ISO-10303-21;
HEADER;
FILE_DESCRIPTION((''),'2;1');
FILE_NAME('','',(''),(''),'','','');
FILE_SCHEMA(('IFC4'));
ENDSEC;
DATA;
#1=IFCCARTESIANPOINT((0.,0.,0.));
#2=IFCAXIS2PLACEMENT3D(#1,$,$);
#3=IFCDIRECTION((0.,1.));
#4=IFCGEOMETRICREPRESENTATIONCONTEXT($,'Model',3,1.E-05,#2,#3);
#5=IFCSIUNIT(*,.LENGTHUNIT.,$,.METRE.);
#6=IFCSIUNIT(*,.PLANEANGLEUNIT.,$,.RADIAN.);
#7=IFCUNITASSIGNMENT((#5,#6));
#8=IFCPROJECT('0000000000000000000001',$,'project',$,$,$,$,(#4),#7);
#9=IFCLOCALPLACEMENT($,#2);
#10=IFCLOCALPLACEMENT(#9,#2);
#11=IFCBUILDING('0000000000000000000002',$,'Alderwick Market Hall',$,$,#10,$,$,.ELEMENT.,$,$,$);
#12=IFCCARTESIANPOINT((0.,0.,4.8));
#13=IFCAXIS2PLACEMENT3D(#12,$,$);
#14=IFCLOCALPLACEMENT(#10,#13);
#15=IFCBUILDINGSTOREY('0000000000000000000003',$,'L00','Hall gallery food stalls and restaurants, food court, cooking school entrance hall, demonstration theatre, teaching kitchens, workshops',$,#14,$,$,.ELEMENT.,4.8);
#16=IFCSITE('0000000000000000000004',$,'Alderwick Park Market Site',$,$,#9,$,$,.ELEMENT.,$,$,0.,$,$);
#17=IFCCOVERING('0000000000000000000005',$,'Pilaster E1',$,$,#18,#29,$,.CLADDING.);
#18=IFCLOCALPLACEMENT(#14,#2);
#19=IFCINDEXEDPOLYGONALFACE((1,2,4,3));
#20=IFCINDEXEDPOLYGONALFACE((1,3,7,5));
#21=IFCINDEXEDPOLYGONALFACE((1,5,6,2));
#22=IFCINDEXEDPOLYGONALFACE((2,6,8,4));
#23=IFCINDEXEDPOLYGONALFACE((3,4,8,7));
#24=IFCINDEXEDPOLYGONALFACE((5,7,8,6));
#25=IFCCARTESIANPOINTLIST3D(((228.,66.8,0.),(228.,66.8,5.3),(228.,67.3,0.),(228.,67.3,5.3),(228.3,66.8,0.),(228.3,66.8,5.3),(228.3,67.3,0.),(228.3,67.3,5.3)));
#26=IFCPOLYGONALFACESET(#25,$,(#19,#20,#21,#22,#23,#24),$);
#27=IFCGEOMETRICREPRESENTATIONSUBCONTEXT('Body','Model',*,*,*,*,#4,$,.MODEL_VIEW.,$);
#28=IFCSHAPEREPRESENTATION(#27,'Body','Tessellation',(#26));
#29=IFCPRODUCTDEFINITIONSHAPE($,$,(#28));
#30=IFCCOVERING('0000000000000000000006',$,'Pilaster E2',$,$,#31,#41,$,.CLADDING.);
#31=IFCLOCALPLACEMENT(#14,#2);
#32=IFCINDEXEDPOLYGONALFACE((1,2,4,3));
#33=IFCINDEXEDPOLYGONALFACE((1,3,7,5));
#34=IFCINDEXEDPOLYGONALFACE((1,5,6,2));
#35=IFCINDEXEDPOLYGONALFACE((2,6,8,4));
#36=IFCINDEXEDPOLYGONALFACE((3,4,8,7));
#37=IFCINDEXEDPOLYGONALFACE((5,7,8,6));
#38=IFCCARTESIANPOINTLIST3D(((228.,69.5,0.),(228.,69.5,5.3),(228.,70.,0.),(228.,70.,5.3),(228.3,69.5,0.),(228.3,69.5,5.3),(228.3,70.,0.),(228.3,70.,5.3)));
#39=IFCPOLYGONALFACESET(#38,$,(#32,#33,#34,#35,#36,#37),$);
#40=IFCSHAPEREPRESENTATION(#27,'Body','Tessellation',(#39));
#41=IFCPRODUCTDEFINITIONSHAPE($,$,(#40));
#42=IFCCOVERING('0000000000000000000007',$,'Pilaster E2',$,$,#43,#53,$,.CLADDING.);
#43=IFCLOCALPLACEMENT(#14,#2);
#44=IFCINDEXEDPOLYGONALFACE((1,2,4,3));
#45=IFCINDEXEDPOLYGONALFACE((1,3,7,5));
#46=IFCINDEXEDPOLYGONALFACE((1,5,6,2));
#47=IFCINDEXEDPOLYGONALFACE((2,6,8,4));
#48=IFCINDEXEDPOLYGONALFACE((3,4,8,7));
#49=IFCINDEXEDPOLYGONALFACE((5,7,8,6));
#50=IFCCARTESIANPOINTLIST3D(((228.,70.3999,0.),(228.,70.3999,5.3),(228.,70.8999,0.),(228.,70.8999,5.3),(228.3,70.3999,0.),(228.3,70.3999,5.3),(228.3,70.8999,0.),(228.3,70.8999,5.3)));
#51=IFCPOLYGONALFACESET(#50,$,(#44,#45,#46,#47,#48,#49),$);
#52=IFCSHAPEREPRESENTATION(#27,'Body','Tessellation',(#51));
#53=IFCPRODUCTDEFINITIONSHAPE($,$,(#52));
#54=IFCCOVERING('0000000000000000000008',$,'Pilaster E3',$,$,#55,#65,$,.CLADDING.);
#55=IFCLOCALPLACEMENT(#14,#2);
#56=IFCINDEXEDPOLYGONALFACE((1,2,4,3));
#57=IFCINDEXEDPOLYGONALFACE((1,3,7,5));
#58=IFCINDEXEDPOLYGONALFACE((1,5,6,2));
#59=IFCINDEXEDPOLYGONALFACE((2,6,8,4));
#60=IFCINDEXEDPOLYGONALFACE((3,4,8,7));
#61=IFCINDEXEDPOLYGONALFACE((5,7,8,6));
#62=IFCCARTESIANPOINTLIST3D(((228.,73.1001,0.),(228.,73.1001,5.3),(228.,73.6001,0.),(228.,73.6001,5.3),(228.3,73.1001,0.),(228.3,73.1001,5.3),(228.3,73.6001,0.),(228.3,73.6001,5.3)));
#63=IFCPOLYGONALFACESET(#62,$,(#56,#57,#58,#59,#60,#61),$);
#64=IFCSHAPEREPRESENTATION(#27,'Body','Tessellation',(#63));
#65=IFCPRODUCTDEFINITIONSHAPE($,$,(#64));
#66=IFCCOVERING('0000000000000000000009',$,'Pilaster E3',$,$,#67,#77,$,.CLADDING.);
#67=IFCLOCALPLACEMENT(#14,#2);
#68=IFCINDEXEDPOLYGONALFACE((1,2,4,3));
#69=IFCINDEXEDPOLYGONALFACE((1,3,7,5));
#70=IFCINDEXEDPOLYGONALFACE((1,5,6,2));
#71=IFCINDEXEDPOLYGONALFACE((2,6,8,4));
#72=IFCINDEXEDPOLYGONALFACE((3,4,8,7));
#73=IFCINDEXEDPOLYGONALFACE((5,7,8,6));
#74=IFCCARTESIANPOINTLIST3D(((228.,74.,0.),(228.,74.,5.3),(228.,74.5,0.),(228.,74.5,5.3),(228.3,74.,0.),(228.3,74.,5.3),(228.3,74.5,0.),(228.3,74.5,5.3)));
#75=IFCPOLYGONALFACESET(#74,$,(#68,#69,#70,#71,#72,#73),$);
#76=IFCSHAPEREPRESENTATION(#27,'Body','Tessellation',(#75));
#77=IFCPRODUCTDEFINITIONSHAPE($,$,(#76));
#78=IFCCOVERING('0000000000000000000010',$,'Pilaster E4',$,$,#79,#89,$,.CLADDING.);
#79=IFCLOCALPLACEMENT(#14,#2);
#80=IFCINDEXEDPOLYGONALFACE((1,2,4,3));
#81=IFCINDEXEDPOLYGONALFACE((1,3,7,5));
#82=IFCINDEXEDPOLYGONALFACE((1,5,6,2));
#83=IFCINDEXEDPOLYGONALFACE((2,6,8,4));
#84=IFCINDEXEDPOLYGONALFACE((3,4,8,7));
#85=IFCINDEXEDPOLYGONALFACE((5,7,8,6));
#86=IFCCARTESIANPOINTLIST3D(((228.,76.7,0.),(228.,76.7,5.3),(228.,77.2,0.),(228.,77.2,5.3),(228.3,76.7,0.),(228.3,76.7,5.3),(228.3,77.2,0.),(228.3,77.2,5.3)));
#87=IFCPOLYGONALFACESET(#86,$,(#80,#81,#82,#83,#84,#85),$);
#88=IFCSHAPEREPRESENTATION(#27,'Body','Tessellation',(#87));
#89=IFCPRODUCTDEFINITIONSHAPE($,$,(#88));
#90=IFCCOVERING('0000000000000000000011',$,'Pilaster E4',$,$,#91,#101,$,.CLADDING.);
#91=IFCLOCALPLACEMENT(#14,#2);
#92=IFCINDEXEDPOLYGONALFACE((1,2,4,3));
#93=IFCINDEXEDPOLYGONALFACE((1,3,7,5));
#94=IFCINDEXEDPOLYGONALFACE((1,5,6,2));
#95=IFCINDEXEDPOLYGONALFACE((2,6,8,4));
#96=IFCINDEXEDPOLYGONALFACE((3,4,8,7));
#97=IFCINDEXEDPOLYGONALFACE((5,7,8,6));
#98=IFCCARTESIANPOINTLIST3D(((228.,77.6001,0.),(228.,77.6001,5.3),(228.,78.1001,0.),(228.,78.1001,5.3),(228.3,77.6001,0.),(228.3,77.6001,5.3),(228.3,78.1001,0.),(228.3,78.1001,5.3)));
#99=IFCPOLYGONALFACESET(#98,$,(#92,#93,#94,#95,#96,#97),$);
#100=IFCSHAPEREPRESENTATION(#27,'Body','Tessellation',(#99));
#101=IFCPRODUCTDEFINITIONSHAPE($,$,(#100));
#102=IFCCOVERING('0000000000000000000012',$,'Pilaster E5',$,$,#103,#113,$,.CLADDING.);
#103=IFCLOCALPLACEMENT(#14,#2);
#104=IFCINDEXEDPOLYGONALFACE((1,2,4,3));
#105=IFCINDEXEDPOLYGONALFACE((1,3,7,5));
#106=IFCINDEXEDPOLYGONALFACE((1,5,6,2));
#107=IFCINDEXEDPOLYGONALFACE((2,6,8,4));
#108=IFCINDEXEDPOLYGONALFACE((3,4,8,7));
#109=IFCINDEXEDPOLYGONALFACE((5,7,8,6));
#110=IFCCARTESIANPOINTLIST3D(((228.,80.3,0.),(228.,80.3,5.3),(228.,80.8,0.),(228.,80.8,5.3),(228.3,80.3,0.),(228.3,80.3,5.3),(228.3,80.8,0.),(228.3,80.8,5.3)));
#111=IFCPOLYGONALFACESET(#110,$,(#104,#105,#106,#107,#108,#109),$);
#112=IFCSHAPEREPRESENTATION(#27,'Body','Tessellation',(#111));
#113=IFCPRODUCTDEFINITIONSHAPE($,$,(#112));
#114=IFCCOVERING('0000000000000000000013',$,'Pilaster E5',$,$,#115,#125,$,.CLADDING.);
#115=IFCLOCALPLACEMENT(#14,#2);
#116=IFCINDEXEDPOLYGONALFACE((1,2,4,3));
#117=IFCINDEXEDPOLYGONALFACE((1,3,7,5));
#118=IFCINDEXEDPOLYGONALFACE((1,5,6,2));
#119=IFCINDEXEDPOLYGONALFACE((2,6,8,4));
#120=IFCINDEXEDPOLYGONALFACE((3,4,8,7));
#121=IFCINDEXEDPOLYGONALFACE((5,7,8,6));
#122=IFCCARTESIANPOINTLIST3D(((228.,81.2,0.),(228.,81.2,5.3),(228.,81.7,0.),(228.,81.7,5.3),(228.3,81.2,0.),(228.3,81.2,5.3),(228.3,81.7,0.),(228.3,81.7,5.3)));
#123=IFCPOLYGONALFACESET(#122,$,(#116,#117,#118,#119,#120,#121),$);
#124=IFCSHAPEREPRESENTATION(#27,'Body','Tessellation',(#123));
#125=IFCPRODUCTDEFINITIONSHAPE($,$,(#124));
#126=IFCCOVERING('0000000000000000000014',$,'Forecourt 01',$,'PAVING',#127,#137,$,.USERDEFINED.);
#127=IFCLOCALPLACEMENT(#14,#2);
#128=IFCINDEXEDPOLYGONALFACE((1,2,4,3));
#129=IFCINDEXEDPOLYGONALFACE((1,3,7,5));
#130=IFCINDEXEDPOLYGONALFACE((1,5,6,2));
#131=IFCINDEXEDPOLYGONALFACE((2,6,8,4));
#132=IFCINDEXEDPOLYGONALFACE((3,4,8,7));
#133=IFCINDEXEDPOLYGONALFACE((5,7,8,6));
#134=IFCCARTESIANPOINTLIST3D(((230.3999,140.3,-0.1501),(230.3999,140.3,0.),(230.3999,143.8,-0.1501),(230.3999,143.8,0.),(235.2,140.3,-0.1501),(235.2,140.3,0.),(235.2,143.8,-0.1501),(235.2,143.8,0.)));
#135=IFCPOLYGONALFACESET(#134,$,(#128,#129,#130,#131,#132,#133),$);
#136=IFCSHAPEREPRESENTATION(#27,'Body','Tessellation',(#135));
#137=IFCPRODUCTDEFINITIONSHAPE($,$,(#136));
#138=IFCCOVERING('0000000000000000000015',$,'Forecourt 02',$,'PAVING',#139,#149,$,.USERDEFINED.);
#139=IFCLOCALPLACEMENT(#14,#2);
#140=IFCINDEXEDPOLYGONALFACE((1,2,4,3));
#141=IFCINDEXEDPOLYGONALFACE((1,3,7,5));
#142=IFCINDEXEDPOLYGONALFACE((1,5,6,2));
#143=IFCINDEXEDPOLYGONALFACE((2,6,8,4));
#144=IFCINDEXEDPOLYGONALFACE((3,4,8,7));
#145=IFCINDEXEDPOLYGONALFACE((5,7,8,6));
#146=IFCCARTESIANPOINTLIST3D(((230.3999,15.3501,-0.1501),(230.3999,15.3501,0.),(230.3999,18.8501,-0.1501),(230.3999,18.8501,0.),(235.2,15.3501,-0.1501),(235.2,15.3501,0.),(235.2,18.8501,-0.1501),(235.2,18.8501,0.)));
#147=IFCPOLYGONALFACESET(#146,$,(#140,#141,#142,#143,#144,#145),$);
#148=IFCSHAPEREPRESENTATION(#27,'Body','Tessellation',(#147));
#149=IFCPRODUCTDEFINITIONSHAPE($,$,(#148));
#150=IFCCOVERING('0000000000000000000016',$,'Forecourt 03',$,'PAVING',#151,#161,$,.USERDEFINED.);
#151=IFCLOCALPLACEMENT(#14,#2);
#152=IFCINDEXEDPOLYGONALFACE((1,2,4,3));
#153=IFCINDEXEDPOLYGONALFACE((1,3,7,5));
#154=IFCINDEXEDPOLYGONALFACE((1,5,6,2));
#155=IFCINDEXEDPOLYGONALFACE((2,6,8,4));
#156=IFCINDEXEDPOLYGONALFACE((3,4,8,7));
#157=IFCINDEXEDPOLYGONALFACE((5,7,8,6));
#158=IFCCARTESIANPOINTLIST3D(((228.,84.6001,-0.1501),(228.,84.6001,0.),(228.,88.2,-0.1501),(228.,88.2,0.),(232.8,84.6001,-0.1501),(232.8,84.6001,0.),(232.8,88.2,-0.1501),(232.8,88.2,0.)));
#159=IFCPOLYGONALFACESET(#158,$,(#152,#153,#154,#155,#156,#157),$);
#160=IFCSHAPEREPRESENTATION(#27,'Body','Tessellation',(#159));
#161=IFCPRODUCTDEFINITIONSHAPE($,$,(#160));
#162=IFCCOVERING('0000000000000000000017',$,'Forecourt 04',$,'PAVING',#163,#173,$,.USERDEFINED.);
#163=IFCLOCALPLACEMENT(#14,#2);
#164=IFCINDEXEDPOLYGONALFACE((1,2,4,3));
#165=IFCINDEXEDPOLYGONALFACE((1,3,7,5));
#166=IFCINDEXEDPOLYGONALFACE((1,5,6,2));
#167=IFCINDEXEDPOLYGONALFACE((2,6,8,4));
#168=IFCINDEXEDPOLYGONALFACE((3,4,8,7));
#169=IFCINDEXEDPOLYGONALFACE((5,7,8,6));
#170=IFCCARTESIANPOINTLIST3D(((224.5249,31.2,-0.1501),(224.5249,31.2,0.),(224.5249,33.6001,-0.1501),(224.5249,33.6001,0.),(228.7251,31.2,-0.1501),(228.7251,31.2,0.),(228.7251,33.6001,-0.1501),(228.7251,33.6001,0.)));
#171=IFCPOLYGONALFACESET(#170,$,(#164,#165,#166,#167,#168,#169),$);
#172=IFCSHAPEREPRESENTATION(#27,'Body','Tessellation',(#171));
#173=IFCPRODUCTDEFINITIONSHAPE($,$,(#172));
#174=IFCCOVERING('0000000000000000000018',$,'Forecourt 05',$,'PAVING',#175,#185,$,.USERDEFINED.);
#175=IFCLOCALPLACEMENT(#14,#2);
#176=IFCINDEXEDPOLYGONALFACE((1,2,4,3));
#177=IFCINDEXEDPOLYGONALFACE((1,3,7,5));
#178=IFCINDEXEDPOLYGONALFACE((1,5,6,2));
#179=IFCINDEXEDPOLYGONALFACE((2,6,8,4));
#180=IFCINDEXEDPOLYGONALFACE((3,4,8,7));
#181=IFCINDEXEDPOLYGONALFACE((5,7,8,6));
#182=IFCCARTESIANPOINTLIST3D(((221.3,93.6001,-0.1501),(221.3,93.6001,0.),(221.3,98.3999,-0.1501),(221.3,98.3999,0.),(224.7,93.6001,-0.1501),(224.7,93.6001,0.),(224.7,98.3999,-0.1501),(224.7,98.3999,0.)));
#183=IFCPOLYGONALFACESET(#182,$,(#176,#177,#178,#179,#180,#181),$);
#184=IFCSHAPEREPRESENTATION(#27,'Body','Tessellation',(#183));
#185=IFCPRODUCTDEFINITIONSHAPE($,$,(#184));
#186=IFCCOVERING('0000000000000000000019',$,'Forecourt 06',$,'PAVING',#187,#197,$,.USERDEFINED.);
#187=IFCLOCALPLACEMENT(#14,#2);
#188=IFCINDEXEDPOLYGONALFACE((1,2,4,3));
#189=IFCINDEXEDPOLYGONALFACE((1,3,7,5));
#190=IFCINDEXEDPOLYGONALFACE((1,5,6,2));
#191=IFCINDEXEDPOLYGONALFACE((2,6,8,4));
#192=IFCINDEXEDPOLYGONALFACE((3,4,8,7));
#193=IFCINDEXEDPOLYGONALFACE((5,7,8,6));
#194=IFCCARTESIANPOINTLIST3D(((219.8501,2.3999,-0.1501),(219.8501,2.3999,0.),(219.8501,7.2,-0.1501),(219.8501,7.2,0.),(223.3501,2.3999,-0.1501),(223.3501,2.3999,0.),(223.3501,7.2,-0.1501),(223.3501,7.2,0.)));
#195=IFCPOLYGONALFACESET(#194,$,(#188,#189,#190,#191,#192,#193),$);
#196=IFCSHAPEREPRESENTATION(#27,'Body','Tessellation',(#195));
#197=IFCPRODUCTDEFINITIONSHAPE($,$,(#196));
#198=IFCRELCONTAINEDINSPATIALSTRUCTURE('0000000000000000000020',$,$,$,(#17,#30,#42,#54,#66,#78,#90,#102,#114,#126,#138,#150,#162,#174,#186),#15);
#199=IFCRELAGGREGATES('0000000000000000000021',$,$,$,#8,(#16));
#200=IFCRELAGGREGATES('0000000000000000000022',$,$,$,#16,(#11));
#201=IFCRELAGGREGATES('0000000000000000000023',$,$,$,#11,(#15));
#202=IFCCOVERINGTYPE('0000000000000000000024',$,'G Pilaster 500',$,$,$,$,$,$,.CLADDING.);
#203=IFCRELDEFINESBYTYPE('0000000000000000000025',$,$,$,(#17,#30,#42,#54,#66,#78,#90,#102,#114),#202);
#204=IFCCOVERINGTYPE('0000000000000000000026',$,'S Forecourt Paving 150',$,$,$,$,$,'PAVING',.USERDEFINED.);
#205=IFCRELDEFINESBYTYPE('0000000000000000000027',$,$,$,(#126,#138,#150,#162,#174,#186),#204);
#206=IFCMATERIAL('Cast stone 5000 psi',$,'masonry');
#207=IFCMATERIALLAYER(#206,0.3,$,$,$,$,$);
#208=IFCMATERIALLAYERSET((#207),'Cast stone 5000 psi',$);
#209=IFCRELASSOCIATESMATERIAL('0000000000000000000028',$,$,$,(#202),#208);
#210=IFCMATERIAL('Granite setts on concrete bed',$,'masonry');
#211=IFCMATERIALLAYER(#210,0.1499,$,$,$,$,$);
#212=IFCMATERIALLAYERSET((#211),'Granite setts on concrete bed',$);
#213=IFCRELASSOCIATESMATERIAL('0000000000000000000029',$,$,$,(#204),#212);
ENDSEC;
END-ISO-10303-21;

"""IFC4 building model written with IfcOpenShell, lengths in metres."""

from ifc_helpers import new_model, si_unit, direction, frame, origin, place, context, subcontext, project, spatial, polyline, outline, extrude, material, layer, layer_set, type_object, element, save


model = new_model("IFC4")

# Units and contexts
model_context = context("Model", 3, precision=1e-05, world=origin(), true_north=direction((0.0, 1.0)))
body_context = subcontext(model_context, "Body", "Model", "MODEL_VIEW")
ifc_project = project(units=[si_unit("LENGTHUNIT", "METRE"), si_unit("PLANEANGLEUNIT", "RADIAN")], contexts=[model_context])

# Site, building, storey
site_placement = place(None, origin())
site = spatial("IfcSite", under=ifc_project, at=site_placement, Name="Alderwick Park Market Site", CompositionType="ELEMENT", RefElevation=0.0)
building_placement = place(site_placement, origin())
building = spatial("IfcBuilding", under=site, at=building_placement, Name="Alderwick Market Hall", CompositionType="ELEMENT")
storey_placement = place(building_placement, frame((0.0, 0.0, 4.8)))
storey = spatial("IfcBuildingStorey", under=building, at=storey_placement, Name="L00", Description="Hall gallery food stalls and restaurants, food court, cooking school entrance hall, demonstration theatre, teaching kitchens, workshops", CompositionType="ELEMENT", Elevation=4.8)

# Coverings
ifc_material_1 = material(Name="Granite setts on concrete bed", Category="masonry")
ifc_material_2 = material(Name="Cast stone 5000 psi", Category="masonry")
ifc_layer_1 = layer(ifc_material_2, 0.3)
ifc_layer_set_1 = layer_set([ifc_layer_1], Name="Cast stone 5000 psi")
covering_type_1 = type_object("IfcCoveringType", Name="G Pilaster 500", PredefinedType="CLADDING", material=ifc_layer_set_1)
covering_1_placement = place(storey_placement, origin())
element("IfcCovering", 1, at=covering_1_placement, inside=storey, type_object=covering_type_1, Name="Pilaster E1", PredefinedType="CLADDING", context=body_context, shape_type="SweptSolid", body=[
    extrude(outline(polyline([(228.0, 66.8), (228.3, 66.8), (228.3, 67.3), (228.0, 67.3), (228.0, 66.8)])), origin(), (0.0, 0.0, 1.0), 5.3),
])
covering_2_placement = place(storey_placement, origin())
element("IfcCovering", 2, at=covering_2_placement, inside=storey, type_object=covering_type_1, Name="Pilaster E2", PredefinedType="CLADDING", context=body_context, shape_type="SweptSolid", body=[
    extrude(outline(polyline([(228.0, 69.5), (228.3, 69.5), (228.3, 70.0), (228.0, 70.0), (228.0, 69.5)])), origin(), (0.0, 0.0, 1.0), 5.3),
])
covering_3_placement = place(storey_placement, origin())
element("IfcCovering", 3, at=covering_3_placement, inside=storey, type_object=covering_type_1, Name="Pilaster E2", PredefinedType="CLADDING", context=body_context, shape_type="SweptSolid", body=[
    extrude(outline(polyline([(228.0, 70.3999), (228.3, 70.3999), (228.3, 70.8999), (228.0, 70.8999), (228.0, 70.3999)])), origin(), (0.0, 0.0, 1.0), 5.3),
])
covering_4_placement = place(storey_placement, origin())
element("IfcCovering", 4, at=covering_4_placement, inside=storey, type_object=covering_type_1, Name="Pilaster E3", PredefinedType="CLADDING", context=body_context, shape_type="SweptSolid", body=[
    extrude(outline(polyline([(228.0, 73.1001), (228.3, 73.1001), (228.3, 73.6001), (228.0, 73.6001), (228.0, 73.1001)])), origin(), (0.0, 0.0, 1.0), 5.3),
])
covering_5_placement = place(storey_placement, origin())
element("IfcCovering", 5, at=covering_5_placement, inside=storey, type_object=covering_type_1, Name="Pilaster E3", PredefinedType="CLADDING", context=body_context, shape_type="SweptSolid", body=[
    extrude(outline(polyline([(228.0, 74.0), (228.3, 74.0), (228.3, 74.5), (228.0, 74.5), (228.0, 74.0)])), origin(), (0.0, 0.0, 1.0), 5.3),
])
covering_6_placement = place(storey_placement, origin())
element("IfcCovering", 6, at=covering_6_placement, inside=storey, type_object=covering_type_1, Name="Pilaster E4", PredefinedType="CLADDING", context=body_context, shape_type="SweptSolid", body=[
    extrude(outline(polyline([(228.0, 76.7), (228.3, 76.7), (228.3, 77.2), (228.0, 77.2), (228.0, 76.7)])), origin(), (0.0, 0.0, 1.0), 5.3),
])
covering_7_placement = place(storey_placement, origin())
element("IfcCovering", 7, at=covering_7_placement, inside=storey, type_object=covering_type_1, Name="Pilaster E4", PredefinedType="CLADDING", context=body_context, shape_type="SweptSolid", body=[
    extrude(outline(polyline([(228.0, 77.6001), (228.3, 77.6001), (228.3, 78.1001), (228.0, 78.1001), (228.0, 77.6001)])), origin(), (0.0, 0.0, 1.0), 5.3),
])
covering_8_placement = place(storey_placement, origin())
element("IfcCovering", 8, at=covering_8_placement, inside=storey, type_object=covering_type_1, Name="Pilaster E5", PredefinedType="CLADDING", context=body_context, shape_type="SweptSolid", body=[
    extrude(outline(polyline([(228.0, 80.3), (228.3, 80.3), (228.3, 80.8), (228.0, 80.8), (228.0, 80.3)])), origin(), (0.0, 0.0, 1.0), 5.3),
])
covering_9_placement = place(storey_placement, origin())
element("IfcCovering", 9, at=covering_9_placement, inside=storey, type_object=covering_type_1, Name="Pilaster E5", PredefinedType="CLADDING", context=body_context, shape_type="SweptSolid", body=[
    extrude(outline(polyline([(228.0, 81.2), (228.3, 81.2), (228.3, 81.7), (228.0, 81.7), (228.0, 81.2)])), origin(), (0.0, 0.0, 1.0), 5.3),
])
ifc_layer_2 = layer(ifc_material_1, 0.1499)
ifc_layer_set_2 = layer_set([ifc_layer_2], Name="Granite setts on concrete bed")
covering_type_2 = type_object("IfcCoveringType", Name="S Forecourt Paving 150", ElementType="PAVING", PredefinedType="USERDEFINED", material=ifc_layer_set_2)
covering_10_placement = place(storey_placement, frame((0.0, 0.0, -0.1501)))
element("IfcCovering", 10, at=covering_10_placement, inside=storey, type_object=covering_type_2, Name="Forecourt 01", ObjectType="PAVING", PredefinedType="USERDEFINED", context=body_context, shape_type="SweptSolid", body=[
    extrude(outline(polyline([(230.3999, 140.3), (235.2, 140.3), (235.2, 143.8), (230.3999, 143.8), (230.3999, 140.3)])), origin(), (0.0, 0.0, 1.0), 0.1501),
])
covering_11_placement = place(storey_placement, frame((0.0, 0.0, -0.1501)))
element("IfcCovering", 11, at=covering_11_placement, inside=storey, type_object=covering_type_2, Name="Forecourt 02", ObjectType="PAVING", PredefinedType="USERDEFINED", context=body_context, shape_type="SweptSolid", body=[
    extrude(outline(polyline([(230.3999, 15.3501), (235.2, 15.3501), (235.2, 18.8501), (230.3999, 18.8501), (230.3999, 15.3501)])), origin(), (0.0, 0.0, 1.0), 0.1501),
])
covering_12_placement = place(storey_placement, frame((0.0, 0.0, -0.1501)))
element("IfcCovering", 12, at=covering_12_placement, inside=storey, type_object=covering_type_2, Name="Forecourt 03", ObjectType="PAVING", PredefinedType="USERDEFINED", context=body_context, shape_type="SweptSolid", body=[
    extrude(outline(polyline([(232.8, 84.6001), (232.8, 88.2), (228.0, 88.2), (228.0, 84.6001), (232.8, 84.6001)])), origin(), (0.0, 0.0, 1.0), 0.1501),
])
covering_13_placement = place(storey_placement, frame((0.0, 0.0, -0.1501)))
element("IfcCovering", 13, at=covering_13_placement, inside=storey, type_object=covering_type_2, Name="Forecourt 04", ObjectType="PAVING", PredefinedType="USERDEFINED", context=body_context, shape_type="SweptSolid", body=[
    extrude(outline(polyline([(228.7251, 31.2), (228.7251, 33.6001), (224.5249, 33.6001), (224.5249, 31.2), (228.7251, 31.2)])), origin(), (0.0, 0.0, 1.0), 0.1501),
])
covering_14_placement = place(storey_placement, frame((0.0, 0.0, -0.1501)))
element("IfcCovering", 14, at=covering_14_placement, inside=storey, type_object=covering_type_2, Name="Forecourt 05", ObjectType="PAVING", PredefinedType="USERDEFINED", context=body_context, shape_type="SweptSolid", body=[
    extrude(outline(polyline([(224.7, 93.6001), (224.7, 98.3999), (221.3, 98.3999), (221.3, 93.6001), (224.7, 93.6001)])), origin(), (0.0, 0.0, 1.0), 0.1501),
])
covering_15_placement = place(storey_placement, frame((0.0, 0.0, -0.1501)))
element("IfcCovering", 15, at=covering_15_placement, inside=storey, type_object=covering_type_2, Name="Forecourt 06", ObjectType="PAVING", PredefinedType="USERDEFINED", context=body_context, shape_type="SweptSolid", body=[
    extrude(outline(polyline([(219.8501, 7.2), (219.8501, 2.3999), (223.3501, 2.3999), (223.3501, 7.2), (219.8501, 7.2)])), origin(), (0.0, 0.0, 1.0), 0.1501),
])

save(model, "model.ifc")
